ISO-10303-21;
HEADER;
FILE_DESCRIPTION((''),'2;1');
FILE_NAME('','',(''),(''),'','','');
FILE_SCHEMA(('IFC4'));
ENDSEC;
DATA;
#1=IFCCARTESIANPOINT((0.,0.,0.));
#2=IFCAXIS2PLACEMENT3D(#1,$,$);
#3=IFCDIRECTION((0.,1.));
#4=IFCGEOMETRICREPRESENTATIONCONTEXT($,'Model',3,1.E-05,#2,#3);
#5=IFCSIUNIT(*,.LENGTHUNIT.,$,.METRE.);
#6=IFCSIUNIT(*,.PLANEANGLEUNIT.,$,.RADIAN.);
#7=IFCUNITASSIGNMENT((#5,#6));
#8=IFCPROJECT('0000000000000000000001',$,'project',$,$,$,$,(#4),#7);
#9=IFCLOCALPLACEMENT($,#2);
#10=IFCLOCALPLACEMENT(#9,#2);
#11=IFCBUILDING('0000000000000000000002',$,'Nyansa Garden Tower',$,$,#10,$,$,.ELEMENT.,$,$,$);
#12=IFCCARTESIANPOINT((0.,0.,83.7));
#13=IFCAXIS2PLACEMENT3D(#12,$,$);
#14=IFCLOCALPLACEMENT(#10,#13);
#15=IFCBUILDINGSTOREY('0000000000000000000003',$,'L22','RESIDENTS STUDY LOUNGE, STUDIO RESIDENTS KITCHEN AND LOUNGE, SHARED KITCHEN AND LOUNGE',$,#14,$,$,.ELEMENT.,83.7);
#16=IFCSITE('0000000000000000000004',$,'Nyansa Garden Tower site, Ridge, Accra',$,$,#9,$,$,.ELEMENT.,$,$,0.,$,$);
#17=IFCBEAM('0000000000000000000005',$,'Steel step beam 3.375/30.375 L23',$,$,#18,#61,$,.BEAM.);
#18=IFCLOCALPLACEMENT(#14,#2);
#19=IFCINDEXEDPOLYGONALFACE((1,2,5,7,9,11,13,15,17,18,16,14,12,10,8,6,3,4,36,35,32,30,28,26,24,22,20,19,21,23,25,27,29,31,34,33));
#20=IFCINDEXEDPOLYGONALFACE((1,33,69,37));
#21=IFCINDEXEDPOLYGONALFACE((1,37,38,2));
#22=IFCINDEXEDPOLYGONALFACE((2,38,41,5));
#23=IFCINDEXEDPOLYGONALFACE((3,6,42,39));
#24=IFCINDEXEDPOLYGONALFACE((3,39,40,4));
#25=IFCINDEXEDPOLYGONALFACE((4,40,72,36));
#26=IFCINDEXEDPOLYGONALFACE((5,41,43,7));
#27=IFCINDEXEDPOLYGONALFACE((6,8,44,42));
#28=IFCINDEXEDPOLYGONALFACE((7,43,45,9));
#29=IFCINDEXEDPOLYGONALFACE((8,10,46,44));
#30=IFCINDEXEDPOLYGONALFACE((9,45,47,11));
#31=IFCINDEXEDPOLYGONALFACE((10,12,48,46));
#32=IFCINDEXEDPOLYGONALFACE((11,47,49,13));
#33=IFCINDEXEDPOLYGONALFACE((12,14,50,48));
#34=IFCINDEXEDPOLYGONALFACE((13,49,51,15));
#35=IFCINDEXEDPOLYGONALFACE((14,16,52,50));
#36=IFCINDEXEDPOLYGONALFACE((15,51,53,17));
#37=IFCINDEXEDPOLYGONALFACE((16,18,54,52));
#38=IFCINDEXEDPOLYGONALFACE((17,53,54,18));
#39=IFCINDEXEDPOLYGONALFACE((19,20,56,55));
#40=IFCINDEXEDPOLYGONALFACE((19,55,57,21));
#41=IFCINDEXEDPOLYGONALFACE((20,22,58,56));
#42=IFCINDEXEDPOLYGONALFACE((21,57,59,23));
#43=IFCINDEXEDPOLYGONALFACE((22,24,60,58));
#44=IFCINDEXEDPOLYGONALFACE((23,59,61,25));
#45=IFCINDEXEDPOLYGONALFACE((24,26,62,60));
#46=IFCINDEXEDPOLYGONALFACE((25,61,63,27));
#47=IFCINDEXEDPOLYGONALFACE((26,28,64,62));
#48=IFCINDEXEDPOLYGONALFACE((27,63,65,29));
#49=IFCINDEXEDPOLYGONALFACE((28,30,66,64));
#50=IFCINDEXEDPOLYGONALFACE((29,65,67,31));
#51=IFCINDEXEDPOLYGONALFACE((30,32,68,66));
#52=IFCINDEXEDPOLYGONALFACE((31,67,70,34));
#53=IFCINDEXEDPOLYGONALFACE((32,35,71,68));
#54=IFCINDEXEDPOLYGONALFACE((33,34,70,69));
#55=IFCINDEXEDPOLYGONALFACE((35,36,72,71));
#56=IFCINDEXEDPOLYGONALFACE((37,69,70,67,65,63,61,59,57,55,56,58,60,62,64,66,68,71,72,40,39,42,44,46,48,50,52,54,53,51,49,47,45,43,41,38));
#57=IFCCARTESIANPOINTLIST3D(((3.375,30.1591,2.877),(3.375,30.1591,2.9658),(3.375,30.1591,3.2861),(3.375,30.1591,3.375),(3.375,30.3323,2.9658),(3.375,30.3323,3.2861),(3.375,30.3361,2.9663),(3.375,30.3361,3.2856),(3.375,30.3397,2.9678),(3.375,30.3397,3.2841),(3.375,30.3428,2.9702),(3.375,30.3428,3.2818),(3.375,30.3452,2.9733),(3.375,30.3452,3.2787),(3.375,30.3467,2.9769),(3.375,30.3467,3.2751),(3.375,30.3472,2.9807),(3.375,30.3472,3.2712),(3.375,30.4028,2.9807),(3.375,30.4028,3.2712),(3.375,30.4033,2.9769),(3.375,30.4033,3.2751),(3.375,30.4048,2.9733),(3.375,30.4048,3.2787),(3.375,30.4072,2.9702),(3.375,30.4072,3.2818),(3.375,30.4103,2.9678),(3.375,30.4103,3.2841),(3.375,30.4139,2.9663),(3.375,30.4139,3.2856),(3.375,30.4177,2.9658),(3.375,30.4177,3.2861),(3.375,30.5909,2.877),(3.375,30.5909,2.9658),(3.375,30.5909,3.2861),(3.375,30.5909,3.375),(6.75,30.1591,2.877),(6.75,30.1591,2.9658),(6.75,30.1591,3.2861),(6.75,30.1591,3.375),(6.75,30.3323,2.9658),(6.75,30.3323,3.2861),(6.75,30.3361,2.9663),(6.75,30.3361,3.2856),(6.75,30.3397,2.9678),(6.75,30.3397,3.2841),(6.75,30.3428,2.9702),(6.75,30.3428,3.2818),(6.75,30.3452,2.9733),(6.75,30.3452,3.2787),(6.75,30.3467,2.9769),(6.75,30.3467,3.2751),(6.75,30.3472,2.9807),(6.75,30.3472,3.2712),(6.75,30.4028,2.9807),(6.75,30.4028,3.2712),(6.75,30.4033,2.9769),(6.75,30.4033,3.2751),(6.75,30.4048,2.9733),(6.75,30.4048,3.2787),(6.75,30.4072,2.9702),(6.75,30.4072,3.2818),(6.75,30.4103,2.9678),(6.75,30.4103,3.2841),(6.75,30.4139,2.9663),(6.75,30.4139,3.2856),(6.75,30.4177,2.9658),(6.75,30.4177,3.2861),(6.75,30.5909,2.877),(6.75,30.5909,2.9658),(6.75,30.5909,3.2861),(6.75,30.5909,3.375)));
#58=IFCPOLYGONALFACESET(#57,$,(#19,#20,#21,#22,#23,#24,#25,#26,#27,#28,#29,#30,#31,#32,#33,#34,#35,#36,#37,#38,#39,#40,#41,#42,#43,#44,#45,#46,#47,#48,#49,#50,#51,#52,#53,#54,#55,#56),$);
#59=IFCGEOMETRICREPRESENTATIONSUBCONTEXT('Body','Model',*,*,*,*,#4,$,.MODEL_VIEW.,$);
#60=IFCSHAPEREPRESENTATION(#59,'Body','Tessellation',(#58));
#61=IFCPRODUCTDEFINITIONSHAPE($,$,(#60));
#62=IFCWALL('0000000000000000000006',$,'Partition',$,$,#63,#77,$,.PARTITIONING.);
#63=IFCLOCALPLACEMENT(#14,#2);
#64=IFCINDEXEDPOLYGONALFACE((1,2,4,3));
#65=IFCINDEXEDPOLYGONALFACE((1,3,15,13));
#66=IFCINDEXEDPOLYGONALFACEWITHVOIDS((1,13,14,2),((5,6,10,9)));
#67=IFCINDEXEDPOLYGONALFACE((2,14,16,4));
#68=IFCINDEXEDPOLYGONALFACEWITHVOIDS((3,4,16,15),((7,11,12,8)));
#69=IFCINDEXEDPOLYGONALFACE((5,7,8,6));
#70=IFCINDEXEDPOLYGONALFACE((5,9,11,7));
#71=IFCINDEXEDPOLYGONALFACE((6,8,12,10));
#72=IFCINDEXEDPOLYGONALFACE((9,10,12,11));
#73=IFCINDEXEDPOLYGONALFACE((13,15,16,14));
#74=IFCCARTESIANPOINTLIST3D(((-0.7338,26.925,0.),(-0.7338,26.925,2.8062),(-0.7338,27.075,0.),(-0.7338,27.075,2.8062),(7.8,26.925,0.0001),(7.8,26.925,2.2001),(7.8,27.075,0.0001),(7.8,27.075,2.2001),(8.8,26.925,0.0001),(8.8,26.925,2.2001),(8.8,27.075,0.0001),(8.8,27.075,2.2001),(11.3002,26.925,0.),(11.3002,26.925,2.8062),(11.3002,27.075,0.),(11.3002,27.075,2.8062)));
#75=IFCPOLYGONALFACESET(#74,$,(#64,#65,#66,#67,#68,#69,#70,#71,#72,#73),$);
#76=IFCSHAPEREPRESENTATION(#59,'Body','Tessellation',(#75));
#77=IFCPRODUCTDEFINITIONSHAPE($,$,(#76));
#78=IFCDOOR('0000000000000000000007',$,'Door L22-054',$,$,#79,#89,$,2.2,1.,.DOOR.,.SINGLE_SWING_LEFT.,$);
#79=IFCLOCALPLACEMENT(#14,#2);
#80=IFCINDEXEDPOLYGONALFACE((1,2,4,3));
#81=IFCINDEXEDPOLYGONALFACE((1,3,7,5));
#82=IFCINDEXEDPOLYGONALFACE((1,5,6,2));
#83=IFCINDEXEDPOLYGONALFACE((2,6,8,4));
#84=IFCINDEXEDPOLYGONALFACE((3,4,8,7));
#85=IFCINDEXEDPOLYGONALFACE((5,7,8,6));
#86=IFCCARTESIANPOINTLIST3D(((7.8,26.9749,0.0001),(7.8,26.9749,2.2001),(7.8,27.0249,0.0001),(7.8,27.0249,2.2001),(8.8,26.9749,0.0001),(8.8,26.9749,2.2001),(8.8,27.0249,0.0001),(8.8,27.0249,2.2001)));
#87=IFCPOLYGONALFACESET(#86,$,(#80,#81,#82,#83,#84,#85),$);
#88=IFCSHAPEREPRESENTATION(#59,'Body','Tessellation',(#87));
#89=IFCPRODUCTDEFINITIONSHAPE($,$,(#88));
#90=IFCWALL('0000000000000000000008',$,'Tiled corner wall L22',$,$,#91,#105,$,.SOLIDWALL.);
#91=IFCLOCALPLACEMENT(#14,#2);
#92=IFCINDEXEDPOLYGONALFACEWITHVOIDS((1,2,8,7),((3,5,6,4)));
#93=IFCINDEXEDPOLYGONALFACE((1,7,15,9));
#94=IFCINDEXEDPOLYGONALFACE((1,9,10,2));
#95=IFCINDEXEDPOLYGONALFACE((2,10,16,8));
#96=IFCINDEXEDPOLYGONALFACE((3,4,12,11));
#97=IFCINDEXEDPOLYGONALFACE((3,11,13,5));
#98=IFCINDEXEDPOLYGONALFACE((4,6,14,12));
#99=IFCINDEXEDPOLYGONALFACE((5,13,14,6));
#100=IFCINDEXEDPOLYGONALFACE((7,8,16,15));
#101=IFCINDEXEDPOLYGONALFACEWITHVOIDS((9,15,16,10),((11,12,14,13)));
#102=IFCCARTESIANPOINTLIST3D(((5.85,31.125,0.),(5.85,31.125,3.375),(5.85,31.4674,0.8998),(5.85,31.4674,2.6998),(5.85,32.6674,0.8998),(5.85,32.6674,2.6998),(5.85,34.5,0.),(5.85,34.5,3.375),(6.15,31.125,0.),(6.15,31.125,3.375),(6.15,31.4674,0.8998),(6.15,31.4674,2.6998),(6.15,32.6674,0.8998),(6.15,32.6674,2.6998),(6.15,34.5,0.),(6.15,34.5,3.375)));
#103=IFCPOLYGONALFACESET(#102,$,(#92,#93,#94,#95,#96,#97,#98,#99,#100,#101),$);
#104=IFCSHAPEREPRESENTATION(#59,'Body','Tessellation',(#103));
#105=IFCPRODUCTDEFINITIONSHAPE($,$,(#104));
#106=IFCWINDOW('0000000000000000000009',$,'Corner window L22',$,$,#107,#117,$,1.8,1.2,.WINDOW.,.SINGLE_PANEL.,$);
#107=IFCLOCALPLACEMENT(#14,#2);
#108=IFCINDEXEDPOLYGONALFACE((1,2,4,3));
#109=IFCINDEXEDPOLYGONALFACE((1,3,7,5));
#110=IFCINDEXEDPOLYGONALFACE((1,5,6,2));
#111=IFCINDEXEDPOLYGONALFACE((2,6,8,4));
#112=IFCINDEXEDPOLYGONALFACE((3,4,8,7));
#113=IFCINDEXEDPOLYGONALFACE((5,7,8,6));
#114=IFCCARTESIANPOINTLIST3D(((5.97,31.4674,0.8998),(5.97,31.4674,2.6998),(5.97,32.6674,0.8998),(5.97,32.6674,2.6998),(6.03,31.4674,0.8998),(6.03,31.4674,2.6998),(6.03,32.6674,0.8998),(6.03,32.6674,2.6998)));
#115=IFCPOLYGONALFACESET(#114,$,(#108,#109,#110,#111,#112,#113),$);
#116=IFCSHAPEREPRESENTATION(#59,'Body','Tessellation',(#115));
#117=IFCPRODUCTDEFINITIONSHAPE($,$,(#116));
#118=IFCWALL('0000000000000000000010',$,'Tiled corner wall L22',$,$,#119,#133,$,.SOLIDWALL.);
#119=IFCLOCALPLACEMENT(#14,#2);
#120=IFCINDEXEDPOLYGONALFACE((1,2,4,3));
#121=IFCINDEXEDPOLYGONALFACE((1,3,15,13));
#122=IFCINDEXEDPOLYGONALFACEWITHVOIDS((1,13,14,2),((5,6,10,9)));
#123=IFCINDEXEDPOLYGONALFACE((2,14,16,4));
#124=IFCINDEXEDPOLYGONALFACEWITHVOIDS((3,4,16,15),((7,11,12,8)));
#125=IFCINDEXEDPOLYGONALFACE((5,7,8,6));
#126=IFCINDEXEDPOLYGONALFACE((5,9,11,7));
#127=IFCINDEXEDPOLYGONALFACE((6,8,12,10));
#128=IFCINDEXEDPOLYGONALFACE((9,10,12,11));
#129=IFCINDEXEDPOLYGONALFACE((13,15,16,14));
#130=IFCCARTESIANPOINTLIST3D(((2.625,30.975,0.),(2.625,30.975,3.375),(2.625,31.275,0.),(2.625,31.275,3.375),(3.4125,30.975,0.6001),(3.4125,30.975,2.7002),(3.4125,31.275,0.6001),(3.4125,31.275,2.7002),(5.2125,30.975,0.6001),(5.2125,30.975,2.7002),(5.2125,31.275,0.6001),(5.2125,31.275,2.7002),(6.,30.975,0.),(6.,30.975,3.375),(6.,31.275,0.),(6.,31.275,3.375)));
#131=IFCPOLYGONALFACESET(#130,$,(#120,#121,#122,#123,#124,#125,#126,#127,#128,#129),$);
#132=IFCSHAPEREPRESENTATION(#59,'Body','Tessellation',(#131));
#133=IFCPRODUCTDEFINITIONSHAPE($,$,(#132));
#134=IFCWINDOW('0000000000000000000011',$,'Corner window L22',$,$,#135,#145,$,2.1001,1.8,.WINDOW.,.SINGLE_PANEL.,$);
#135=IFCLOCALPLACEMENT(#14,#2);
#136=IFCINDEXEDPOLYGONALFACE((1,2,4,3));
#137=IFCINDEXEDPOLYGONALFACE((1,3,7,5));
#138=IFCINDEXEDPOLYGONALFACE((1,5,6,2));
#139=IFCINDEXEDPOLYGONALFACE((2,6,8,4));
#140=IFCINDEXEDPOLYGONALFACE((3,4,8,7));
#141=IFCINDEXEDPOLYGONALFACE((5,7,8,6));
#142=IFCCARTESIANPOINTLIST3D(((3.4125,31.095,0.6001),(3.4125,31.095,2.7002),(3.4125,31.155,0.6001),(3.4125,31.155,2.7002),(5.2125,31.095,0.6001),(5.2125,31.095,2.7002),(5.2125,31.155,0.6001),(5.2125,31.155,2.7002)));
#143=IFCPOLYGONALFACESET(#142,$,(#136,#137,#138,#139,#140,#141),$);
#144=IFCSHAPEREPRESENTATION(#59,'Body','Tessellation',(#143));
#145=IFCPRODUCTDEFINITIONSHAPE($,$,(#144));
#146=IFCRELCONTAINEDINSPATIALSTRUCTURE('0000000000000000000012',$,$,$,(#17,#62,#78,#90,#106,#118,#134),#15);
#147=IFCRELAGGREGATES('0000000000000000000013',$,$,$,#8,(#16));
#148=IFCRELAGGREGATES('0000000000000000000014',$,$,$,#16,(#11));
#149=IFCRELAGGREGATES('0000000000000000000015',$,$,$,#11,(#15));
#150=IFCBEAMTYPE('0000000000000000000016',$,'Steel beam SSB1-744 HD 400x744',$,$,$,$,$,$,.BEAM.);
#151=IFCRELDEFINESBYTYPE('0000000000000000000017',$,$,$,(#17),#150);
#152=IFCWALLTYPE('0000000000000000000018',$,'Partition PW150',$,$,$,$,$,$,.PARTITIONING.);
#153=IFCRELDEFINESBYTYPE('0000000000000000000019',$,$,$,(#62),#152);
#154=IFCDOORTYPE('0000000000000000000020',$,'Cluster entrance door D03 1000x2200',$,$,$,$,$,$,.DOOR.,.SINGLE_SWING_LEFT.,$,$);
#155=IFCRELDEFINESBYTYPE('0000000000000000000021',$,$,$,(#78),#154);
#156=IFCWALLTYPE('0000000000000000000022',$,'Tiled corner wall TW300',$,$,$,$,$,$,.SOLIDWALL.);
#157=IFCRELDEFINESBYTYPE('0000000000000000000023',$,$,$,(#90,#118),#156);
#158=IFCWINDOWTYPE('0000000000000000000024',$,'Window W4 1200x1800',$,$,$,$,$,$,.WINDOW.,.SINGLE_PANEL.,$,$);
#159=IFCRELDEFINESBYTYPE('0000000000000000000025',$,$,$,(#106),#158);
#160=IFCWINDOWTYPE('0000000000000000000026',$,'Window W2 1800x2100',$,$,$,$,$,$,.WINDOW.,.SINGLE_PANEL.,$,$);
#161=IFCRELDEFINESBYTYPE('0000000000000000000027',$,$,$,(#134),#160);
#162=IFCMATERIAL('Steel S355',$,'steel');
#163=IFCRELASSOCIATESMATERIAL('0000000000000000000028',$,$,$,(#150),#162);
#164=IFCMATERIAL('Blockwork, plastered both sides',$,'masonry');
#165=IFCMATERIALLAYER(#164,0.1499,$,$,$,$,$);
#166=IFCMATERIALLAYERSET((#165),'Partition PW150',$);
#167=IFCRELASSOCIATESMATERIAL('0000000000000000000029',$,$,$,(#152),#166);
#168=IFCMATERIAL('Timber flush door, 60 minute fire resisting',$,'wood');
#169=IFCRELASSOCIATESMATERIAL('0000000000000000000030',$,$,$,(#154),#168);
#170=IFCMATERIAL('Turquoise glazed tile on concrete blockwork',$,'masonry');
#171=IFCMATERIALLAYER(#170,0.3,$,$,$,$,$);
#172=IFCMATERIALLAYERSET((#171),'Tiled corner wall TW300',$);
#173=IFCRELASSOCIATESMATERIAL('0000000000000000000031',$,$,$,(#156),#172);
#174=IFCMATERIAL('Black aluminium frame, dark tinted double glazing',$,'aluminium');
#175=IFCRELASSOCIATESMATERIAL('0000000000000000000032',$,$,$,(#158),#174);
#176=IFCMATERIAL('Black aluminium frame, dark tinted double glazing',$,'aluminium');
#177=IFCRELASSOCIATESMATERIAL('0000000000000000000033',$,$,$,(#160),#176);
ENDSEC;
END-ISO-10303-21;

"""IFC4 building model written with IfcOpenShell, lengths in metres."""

from ifc_helpers import new_model, si_unit, direction, frame, frame_2d, origin, origin_2d, place, context, subcontext, project, spatial, rectangle, i_section, extrude, material, layer, layer_set, material_profile, profile_set, type_object, element, fill, save


model = new_model("IFC4")

# Units and contexts
model_context = context("Model", 3, precision=1e-05, world=origin(), true_north=direction((0.0, 1.0)))
body_context = subcontext(model_context, "Body", "Model", "MODEL_VIEW")
ifc_project = project(units=[si_unit("LENGTHUNIT", "METRE"), si_unit("PLANEANGLEUNIT", "RADIAN")], contexts=[model_context])

# Site, building, storey
site_placement = place(None, origin())
site = spatial("IfcSite", under=ifc_project, at=site_placement, Name="Nyansa Garden Tower site, Ridge, Accra", CompositionType="ELEMENT", RefElevation=0.0)
building_placement = place(site_placement, origin())
building = spatial("IfcBuilding", under=site, at=building_placement, Name="Nyansa Garden Tower", CompositionType="ELEMENT")
storey_placement = place(building_placement, frame((0.0, 0.0, 83.7)))
storey = spatial("IfcBuildingStorey", under=building, at=storey_placement, Name="L22", Description="RESIDENTS STUDY LOUNGE, STUDIO RESIDENTS KITCHEN AND LOUNGE, SHARED KITCHEN AND LOUNGE", CompositionType="ELEMENT", Elevation=83.7)

# Beam
ifc_material_1 = material(Name="Steel S355", Category="steel")
ifc_material_profile_1 = material_profile(ifc_material_1, i_section(OverallWidth=0.4319, OverallDepth=0.498, WebThickness=0.0557, FlangeThickness=0.0889, FilletRadius=0.0149, at=origin_2d()), Name="HD 400x744")
ifc_profile_set_1 = profile_set([ifc_material_profile_1], Name="Steel S355")
beam_type_1 = type_object("IfcBeamType", Name="Steel beam SSB1-744 HD 400x744", PredefinedType="BEAM", material=ifc_profile_set_1)
for number, where, z_axis, x_axis, name in (
    (1, (3.375, 30.375, 3.126), (1.0, 0.0, 0.0), (0.0, 1.0, 0.0), "Steel step beam 3.375/30.375 L23"),
):
    element("IfcBeam", number, at=place(storey_placement, frame(where, z_axis=z_axis, x_axis=x_axis)), inside=storey, type_object=beam_type_1, Name=name, PredefinedType="BEAM", context=body_context, shape_type="SweptSolid", body=[
        extrude(i_section(OverallWidth=0.4319, OverallDepth=0.498, WebThickness=0.0557, FlangeThickness=0.0889, FilletRadius=0.0149, at=origin_2d()), origin(), (0.0, 0.0, 1.0), 3.375),
    ])

# Wall, opening, door
ifc_material_2 = material(Name="Blockwork, plastered both sides", Category="masonry")
ifc_layer_1 = layer(ifc_material_2, 0.1499)
ifc_layer_set_1 = layer_set([ifc_layer_1], Name="Partition PW150")
wall_type_1 = type_object("IfcWallType", Name="Partition PW150", PredefinedType="PARTITIONING", material=ifc_layer_set_1)
wall_1_placement = place(storey_placement, frame((-0.7339, 27.0, 0.0), z_axis=(0.0, 0.0, 1.0), x_axis=(1.0, 0.0, 0.0)))
wall_1 = element("IfcWall", 2, at=wall_1_placement, inside=storey, type_object=wall_type_1, Name="Partition", PredefinedType="PARTITIONING", context=body_context, shape_type="SweptSolid", body=[
    extrude(rectangle(XDim=12.0339, YDim=0.1499, at=frame_2d((6.0171, 0.0))), origin(), (0.0, 0.0, 1.0), 2.8062),
])
opening_1_placement = place(wall_1_placement, frame((8.5339, 0.0, 0.0)))
opening_1 = element("IfcOpeningElement", 3, at=opening_1_placement, cuts=wall_1, PredefinedType="OPENING", context=body_context, shape_type="SweptSolid", body=[
    extrude(rectangle(XDim=1.0, YDim=2.2, at=frame_2d((0.5, 1.1001))), frame((0.0, 0.085, 0.0), z_axis=(0.0, -1.0, 0.0), x_axis=(1.0, 0.0, 0.0)), (0.0, 0.0, 1.0), 0.1699),
])
ifc_material_3 = material(Name="Timber flush door, 60 minute fire resisting", Category="wood")
door_type = type_object("IfcDoorType", Name="Cluster entrance door D03 1000x2200", OperationType="SINGLE_SWING_LEFT", PredefinedType="DOOR", material=ifc_material_3)
door_placement = place(opening_1_placement, origin())
door = element("IfcDoor", 4, at=door_placement, inside=storey, type_object=door_type, Name="Door L22-054", OperationType="SINGLE_SWING_LEFT", OverallHeight=2.2, OverallWidth=1.0, PredefinedType="DOOR", context=body_context, shape_type="SweptSolid", body=[
    extrude(rectangle(XDim=1.0, YDim=2.2, at=frame_2d((0.5, 1.1001))), frame((0.0, 0.0249, 0.0), z_axis=(0.0, -1.0, 0.0), x_axis=(1.0, 0.0, 0.0)), (0.0, 0.0, 1.0), 0.05),
])
fill(opening_1, door)

# Walls, openings, windows
ifc_material_4 = material(Name="Turquoise glazed tile on concrete blockwork", Category="masonry")
ifc_layer_2 = layer(ifc_material_4, 0.3)
ifc_layer_set_2 = layer_set([ifc_layer_2], Name="Tiled corner wall TW300")
wall_type_2 = type_object("IfcWallType", Name="Tiled corner wall TW300", PredefinedType="SOLIDWALL", material=ifc_layer_set_2)
wall_2_placement = place(storey_placement, frame((6.0, 34.5, 0.0), z_axis=(0.0, 0.0, 1.0), x_axis=(0.0, -1.0, 0.0)))
wall_2 = element("IfcWall", 5, at=wall_2_placement, inside=storey, type_object=wall_type_2, Name="Tiled corner wall L22", PredefinedType="SOLIDWALL", context=body_context, shape_type="SweptSolid", body=[
    extrude(rectangle(XDim=3.375, YDim=0.3, at=frame_2d((1.6875, 0.0))), origin(), (0.0, 0.0, 1.0), 3.375),
])
opening_2_placement = place(wall_2_placement, frame((1.8325, 0.0, 0.8999)))
opening_2 = element("IfcOpeningElement", 6, at=opening_2_placement, cuts=wall_2, PredefinedType="OPENING", context=body_context, shape_type="SweptSolid", body=[
    extrude(rectangle(XDim=1.2, YDim=1.8, at=frame_2d((0.6001, 0.8999))), frame((0.0, 0.1599, 0.0), z_axis=(0.0, -1.0, 0.0), x_axis=(1.0, 0.0, 0.0)), (0.0, 0.0, 1.0), 0.3201),
])
ifc_material_5 = material(Name="Black aluminium frame, dark tinted double glazing", Category="aluminium")
window_type_1 = type_object("IfcWindowType", Name="Window W4 1200x1800", PartitioningType="SINGLE_PANEL", PredefinedType="WINDOW", material=ifc_material_5)
window_1_placement = place(opening_2_placement, origin())
window_1 = element("IfcWindow", 7, at=window_1_placement, inside=storey, type_object=window_type_1, Name="Corner window L22", OverallHeight=1.8, OverallWidth=1.2, PartitioningType="SINGLE_PANEL", PredefinedType="WINDOW", context=body_context, shape_type="SweptSolid", body=[
    extrude(rectangle(XDim=1.2, YDim=1.8, at=frame_2d((0.6001, 0.8999))), frame((0.0, 0.03, 0.0), z_axis=(0.0, -1.0, 0.0), x_axis=(1.0, 0.0, 0.0)), (0.0, 0.0, 1.0), 0.0601),
])
fill(opening_2, window_1)
wall_3_placement = place(storey_placement, frame((6.0, 31.125, 0.0), z_axis=(0.0, 0.0, 1.0), x_axis=(-1.0, 0.0, 0.0)))
wall_3 = element("IfcWall", 8, at=wall_3_placement, inside=storey, type_object=wall_type_2, Name="Tiled corner wall L22", PredefinedType="SOLIDWALL", context=body_context, shape_type="SweptSolid", body=[
    extrude(rectangle(XDim=3.375, YDim=0.3, at=frame_2d((1.6875, 0.0))), origin(), (0.0, 0.0, 1.0), 3.375),
])
opening_3_placement = place(wall_3_placement, frame((0.7876, 0.0, 0.6001)))
opening_3 = element("IfcOpeningElement", 9, at=opening_3_placement, cuts=wall_3, PredefinedType="OPENING", context=body_context, shape_type="SweptSolid", body=[
    extrude(rectangle(XDim=1.8, YDim=2.1001, at=frame_2d((0.8999, 1.05))), frame((0.0, 0.1599, 0.0), z_axis=(0.0, -1.0, 0.0), x_axis=(1.0, 0.0, 0.0)), (0.0, 0.0, 1.0), 0.3201),
])
ifc_material_6 = material(Name="Black aluminium frame, dark tinted double glazing", Category="aluminium")
window_type_2 = type_object("IfcWindowType", Name="Window W2 1800x2100", PartitioningType="SINGLE_PANEL", PredefinedType="WINDOW", material=ifc_material_6)
window_2_placement = place(opening_3_placement, origin())
window_2 = element("IfcWindow", 10, at=window_2_placement, inside=storey, type_object=window_type_2, Name="Corner window L22", OverallHeight=2.1001, OverallWidth=1.8, PartitioningType="SINGLE_PANEL", PredefinedType="WINDOW", context=body_context, shape_type="SweptSolid", body=[
    extrude(rectangle(XDim=1.8, YDim=2.1001, at=frame_2d((0.8999, 1.05))), frame((0.0, 0.03, 0.0), z_axis=(0.0, -1.0, 0.0), x_axis=(1.0, 0.0, 0.0)), (0.0, 0.0, 1.0), 0.0601),
])
fill(opening_3, window_2)

save(model, "model.ifc")
